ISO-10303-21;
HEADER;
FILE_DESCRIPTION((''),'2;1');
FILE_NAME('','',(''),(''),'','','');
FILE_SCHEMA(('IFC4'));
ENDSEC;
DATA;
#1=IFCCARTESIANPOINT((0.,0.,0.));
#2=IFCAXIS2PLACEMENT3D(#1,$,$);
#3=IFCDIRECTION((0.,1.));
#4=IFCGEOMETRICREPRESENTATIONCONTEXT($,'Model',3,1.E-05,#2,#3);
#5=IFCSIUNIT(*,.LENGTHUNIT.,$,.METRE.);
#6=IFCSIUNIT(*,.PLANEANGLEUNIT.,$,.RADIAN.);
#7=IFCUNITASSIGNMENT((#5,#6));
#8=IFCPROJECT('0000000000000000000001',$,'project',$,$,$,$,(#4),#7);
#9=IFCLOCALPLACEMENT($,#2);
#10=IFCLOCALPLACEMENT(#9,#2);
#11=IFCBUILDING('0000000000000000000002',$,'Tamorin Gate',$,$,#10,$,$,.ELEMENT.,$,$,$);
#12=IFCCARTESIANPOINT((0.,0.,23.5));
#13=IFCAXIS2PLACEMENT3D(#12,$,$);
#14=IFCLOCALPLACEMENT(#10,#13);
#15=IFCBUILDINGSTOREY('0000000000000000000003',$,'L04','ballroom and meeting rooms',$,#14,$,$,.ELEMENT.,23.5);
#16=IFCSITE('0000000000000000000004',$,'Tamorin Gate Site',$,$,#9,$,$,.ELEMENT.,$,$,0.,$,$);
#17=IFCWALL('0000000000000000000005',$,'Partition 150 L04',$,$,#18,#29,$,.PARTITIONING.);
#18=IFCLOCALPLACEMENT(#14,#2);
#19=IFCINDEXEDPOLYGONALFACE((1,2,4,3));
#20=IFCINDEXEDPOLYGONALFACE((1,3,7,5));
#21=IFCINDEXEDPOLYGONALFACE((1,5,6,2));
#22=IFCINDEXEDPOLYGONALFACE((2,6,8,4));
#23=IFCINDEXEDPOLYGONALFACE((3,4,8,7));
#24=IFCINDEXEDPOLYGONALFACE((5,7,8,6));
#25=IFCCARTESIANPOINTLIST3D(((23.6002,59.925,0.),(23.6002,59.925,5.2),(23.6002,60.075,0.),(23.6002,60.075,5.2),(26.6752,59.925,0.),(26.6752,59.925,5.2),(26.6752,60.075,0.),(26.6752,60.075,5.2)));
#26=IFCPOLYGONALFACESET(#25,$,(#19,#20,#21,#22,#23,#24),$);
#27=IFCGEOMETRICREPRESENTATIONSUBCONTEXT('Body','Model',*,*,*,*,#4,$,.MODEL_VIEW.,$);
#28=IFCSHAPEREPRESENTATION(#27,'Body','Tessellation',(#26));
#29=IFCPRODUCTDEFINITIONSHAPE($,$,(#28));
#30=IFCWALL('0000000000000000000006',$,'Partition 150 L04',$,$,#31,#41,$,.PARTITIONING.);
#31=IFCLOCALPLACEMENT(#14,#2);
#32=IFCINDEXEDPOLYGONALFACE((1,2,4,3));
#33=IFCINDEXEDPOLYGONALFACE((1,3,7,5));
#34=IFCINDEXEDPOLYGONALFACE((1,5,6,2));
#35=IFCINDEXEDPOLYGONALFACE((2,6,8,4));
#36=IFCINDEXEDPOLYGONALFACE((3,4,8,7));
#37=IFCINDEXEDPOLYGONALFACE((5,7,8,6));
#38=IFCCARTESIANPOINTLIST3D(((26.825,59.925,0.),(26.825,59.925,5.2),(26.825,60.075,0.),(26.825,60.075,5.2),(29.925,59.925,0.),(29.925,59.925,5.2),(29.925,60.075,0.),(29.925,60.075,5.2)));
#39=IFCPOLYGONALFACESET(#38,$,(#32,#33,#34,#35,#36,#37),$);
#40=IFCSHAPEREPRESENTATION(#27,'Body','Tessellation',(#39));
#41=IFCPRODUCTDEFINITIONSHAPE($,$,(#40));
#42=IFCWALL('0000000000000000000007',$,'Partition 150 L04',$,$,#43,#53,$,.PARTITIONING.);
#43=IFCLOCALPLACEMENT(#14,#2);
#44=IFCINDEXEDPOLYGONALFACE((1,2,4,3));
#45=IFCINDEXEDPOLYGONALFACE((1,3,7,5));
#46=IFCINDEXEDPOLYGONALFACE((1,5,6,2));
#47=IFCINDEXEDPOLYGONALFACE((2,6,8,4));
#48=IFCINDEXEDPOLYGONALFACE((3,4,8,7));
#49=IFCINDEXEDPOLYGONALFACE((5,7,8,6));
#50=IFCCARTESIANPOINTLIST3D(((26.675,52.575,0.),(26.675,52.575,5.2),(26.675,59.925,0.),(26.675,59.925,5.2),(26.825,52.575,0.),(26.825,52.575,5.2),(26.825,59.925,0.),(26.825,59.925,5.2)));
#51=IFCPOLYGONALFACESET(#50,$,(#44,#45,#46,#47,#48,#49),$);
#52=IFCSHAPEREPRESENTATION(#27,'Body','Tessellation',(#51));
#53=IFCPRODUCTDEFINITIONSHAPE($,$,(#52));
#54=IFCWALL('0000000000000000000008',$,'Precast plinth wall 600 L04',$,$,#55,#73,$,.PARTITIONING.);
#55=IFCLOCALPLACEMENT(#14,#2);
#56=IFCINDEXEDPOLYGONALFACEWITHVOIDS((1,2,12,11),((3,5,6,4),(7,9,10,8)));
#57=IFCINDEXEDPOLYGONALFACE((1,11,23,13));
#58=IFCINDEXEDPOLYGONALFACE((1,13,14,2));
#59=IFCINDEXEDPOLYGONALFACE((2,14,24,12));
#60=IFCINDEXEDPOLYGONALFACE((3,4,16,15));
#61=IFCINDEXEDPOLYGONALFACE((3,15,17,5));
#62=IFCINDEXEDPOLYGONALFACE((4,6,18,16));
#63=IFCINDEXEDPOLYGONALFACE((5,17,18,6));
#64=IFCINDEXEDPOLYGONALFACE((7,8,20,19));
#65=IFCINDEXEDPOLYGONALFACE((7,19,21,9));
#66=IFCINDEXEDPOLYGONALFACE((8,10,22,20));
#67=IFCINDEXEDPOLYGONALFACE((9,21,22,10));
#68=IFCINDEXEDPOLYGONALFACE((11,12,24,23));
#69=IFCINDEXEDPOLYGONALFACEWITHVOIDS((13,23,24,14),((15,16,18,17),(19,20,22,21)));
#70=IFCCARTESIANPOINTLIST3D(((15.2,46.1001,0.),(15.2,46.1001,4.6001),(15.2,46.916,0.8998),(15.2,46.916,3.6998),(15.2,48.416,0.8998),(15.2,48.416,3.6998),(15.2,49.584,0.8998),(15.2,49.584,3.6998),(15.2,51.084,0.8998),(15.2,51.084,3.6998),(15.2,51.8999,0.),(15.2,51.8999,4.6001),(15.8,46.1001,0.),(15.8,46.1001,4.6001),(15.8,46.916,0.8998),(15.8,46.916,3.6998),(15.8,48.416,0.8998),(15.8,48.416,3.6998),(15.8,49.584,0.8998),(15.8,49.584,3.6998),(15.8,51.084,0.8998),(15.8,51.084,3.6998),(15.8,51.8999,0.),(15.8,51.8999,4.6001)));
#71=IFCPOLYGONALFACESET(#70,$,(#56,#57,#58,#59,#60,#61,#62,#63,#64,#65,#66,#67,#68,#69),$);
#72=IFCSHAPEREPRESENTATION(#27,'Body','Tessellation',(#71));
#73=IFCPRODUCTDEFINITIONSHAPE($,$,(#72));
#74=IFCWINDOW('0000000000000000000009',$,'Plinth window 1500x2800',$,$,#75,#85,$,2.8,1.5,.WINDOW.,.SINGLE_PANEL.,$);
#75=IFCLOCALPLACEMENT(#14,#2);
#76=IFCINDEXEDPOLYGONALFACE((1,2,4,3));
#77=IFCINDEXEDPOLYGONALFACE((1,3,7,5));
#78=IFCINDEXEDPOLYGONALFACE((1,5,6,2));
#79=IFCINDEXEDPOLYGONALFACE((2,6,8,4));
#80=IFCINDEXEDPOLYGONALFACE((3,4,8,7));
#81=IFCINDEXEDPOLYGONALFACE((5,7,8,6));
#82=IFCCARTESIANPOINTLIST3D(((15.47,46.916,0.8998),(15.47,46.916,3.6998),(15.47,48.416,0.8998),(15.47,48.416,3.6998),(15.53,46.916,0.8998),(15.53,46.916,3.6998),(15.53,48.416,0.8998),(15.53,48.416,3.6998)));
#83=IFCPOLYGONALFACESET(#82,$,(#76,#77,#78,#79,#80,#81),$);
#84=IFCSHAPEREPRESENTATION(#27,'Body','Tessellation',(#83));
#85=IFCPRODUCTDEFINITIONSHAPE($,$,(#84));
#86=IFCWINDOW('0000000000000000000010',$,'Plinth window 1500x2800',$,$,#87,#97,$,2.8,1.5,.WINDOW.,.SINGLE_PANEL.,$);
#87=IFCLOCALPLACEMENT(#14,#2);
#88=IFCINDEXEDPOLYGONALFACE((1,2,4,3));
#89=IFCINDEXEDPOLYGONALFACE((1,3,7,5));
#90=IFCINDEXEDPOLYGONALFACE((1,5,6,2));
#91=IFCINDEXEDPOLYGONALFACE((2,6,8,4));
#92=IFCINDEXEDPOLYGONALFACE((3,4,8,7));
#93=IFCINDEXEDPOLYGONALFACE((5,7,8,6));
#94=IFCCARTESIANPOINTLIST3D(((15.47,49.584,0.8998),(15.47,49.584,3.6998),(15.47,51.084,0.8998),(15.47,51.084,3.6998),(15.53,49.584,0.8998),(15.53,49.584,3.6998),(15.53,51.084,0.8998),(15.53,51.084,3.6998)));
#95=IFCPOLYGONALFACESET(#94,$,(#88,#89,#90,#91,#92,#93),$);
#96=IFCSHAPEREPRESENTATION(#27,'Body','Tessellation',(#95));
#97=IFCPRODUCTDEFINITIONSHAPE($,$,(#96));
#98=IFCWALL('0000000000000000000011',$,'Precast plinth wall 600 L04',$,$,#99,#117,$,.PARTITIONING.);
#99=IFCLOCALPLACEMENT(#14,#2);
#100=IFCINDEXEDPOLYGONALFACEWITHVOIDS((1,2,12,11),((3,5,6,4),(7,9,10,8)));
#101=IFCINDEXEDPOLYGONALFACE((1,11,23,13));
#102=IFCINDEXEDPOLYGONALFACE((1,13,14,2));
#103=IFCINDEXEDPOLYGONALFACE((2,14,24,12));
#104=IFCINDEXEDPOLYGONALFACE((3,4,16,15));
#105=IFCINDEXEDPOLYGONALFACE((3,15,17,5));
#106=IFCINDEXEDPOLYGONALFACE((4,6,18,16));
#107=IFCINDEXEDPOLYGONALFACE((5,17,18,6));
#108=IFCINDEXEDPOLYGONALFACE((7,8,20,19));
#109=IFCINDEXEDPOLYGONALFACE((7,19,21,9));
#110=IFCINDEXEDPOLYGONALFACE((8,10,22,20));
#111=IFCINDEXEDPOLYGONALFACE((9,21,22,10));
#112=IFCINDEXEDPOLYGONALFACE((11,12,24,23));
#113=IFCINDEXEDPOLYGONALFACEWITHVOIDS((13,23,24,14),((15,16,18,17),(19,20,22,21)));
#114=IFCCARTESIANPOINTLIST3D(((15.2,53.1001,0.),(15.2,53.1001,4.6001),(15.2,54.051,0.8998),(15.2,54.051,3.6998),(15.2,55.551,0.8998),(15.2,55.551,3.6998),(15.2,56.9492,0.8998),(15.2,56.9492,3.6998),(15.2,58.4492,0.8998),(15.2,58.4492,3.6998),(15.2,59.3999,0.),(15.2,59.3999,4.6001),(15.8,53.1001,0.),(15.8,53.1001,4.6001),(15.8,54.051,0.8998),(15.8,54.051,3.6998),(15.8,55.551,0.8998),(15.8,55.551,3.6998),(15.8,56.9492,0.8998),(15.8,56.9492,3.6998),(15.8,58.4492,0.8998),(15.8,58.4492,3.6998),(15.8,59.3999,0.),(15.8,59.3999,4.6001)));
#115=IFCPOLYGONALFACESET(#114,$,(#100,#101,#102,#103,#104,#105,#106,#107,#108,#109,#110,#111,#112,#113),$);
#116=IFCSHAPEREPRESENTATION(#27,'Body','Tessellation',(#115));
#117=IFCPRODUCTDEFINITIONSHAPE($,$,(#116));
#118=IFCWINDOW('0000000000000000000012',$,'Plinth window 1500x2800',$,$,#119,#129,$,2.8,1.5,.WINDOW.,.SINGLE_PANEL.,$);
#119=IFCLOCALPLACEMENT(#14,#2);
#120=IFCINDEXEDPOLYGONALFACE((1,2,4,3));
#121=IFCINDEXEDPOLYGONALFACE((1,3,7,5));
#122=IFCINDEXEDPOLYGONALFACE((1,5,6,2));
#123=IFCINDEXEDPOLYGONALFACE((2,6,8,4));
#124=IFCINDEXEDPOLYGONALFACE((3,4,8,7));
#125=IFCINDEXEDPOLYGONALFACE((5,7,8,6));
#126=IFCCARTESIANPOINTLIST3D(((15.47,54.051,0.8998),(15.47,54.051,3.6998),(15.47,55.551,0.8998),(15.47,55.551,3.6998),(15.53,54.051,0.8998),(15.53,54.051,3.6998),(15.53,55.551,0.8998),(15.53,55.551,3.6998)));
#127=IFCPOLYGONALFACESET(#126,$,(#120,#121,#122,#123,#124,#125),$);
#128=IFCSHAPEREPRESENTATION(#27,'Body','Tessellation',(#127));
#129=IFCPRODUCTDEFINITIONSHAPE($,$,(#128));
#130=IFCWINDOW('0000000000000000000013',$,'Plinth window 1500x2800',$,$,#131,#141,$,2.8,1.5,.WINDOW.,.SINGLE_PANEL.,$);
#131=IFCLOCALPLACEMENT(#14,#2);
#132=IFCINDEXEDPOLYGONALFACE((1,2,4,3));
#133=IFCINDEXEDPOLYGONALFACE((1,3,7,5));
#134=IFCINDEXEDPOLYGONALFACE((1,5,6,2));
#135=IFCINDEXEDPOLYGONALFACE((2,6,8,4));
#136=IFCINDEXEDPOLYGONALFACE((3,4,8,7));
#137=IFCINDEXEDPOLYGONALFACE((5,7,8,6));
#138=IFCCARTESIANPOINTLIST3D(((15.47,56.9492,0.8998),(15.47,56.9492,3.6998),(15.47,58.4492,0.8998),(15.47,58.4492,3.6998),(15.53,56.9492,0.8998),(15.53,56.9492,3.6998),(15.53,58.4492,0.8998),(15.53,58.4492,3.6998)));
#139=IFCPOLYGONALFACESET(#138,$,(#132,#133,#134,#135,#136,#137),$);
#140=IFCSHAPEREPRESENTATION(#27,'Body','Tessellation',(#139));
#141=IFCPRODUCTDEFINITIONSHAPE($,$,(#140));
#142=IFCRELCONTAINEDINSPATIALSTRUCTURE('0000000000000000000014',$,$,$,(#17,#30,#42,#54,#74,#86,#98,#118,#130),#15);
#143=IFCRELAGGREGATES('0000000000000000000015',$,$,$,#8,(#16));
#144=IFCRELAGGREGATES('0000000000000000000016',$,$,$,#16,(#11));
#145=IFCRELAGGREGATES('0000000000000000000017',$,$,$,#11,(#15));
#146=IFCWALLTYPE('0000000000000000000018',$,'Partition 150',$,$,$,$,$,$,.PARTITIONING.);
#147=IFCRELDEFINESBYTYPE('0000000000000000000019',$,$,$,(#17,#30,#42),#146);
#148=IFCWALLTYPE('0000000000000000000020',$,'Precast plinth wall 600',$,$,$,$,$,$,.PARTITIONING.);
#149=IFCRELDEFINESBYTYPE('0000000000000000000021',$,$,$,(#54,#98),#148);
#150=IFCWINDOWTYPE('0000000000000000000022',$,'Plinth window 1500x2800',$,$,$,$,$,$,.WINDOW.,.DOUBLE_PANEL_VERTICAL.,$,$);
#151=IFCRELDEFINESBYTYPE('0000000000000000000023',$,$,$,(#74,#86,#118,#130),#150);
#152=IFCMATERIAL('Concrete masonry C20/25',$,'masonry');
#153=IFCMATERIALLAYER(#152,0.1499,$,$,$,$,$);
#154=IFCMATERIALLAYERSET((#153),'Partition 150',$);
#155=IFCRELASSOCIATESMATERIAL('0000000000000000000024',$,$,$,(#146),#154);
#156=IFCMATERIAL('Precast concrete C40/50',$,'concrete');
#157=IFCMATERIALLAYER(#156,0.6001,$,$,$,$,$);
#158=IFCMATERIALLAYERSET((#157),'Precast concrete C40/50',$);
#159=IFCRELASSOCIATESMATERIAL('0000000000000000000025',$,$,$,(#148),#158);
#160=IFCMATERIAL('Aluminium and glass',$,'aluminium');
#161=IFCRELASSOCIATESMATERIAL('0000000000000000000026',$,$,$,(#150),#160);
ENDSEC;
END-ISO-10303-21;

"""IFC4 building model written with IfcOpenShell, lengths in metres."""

from ifc_helpers import new_model, si_unit, direction, frame, frame_2d, origin, place, context, subcontext, project, spatial, rectangle, extrude, material, layer, layer_set, type_object, element, fill, save


model = new_model("IFC4")

# Units and contexts
model_context = context("Model", 3, precision=1e-05, world=origin(), true_north=direction((0.0, 1.0)))
body_context = subcontext(model_context, "Body", "Model", "MODEL_VIEW")
ifc_project = project(units=[si_unit("LENGTHUNIT", "METRE"), si_unit("PLANEANGLEUNIT", "RADIAN")], contexts=[model_context])

# Site, building, storey
site_placement = place(None, origin())
site = spatial("IfcSite", under=ifc_project, at=site_placement, Name="Tamorin Gate Site", CompositionType="ELEMENT", RefElevation=0.0)
building_placement = place(site_placement, origin())
building = spatial("IfcBuilding", under=site, at=building_placement, Name="Tamorin Gate", CompositionType="ELEMENT")
storey_placement = place(building_placement, frame((0.0, 0.0, 23.5)))
storey = spatial("IfcBuildingStorey", under=building, at=storey_placement, Name="L04", Description="ballroom and meeting rooms", CompositionType="ELEMENT", Elevation=23.5)

# Shared definitions
ifc_material_1 = material(Name="Concrete masonry C20/25", Category="masonry")
ifc_layer_1 = layer(ifc_material_1, 0.1499)
ifc_layer_set_1 = layer_set([ifc_layer_1], Name="Partition 150")
wall_type_1 = type_object("IfcWallType", Name="Partition 150", PredefinedType="PARTITIONING", material=ifc_layer_set_1)

# Walls
wall_1_placement = place(storey_placement, frame((23.6001, 60.0, 0.0), z_axis=(0.0, 0.0, 1.0), x_axis=(1.0, 0.0, 0.0)))
element("IfcWall", 1, at=wall_1_placement, inside=storey, type_object=wall_type_1, Name="Partition 150 L04", PredefinedType="PARTITIONING", context=body_context, shape_type="SweptSolid", body=[
    extrude(rectangle(XDim=3.075, YDim=0.1499, at=frame_2d((1.5376, 0.0))), origin(), (0.0, 0.0, 1.0), 5.2),
])
wall_2_placement = place(storey_placement, frame((26.825, 60.0, 0.0), z_axis=(0.0, 0.0, 1.0), x_axis=(1.0, 0.0, 0.0)))
element("IfcWall", 2, at=wall_2_placement, inside=storey, type_object=wall_type_1, Name="Partition 150 L04", PredefinedType="PARTITIONING", context=body_context, shape_type="SweptSolid", body=[
    extrude(rectangle(XDim=3.1001, YDim=0.1499, at=frame_2d((1.55, 0.0))), origin(), (0.0, 0.0, 1.0), 5.2),
])
wall_3_placement = place(storey_placement, frame((26.75, 52.575, 0.0), z_axis=(0.0, 0.0, 1.0), x_axis=(0.0, 1.0, 0.0)))
element("IfcWall", 3, at=wall_3_placement, inside=storey, type_object=wall_type_1, Name="Partition 150 L04", PredefinedType="PARTITIONING", context=body_context, shape_type="SweptSolid", body=[
    extrude(rectangle(XDim=7.3501, YDim=0.1499, at=frame_2d((3.675, 0.0))), origin(), (0.0, 0.0, 1.0), 5.2),
])

# Walls, openings, windows
ifc_material_2 = material(Name="Precast concrete C40/50", Category="concrete")
ifc_layer_2 = layer(ifc_material_2, 0.6001)
ifc_layer_set_2 = layer_set([ifc_layer_2], Name="Precast concrete C40/50")
wall_type_2 = type_object("IfcWallType", Name="Precast plinth wall 600", PredefinedType="PARTITIONING", material=ifc_layer_set_2)
wall_4_placement = place(storey_placement, frame((15.5, 46.1001, 0.0), z_axis=(0.0, 0.0, 1.0), x_axis=(0.0, 1.0, 0.0)))
wall_4 = element("IfcWall", 4, at=wall_4_placement, inside=storey, type_object=wall_type_2, Name="Precast plinth wall 600 L04", PredefinedType="PARTITIONING", context=body_context, shape_type="SweptSolid", body=[
    extrude(rectangle(XDim=5.7998, YDim=0.6001, at=frame_2d((2.8999, 0.0))), origin(), (0.0, 0.0, 1.0), 4.6001),
])
opening_1_placement = place(wall_4_placement, frame((0.8159, 0.0, 0.8999)))
opening_1 = element("IfcOpeningElement", 5, at=opening_1_placement, cuts=wall_4, PredefinedType="OPENING", context=body_context, shape_type="SweptSolid", body=[
    extrude(rectangle(XDim=1.5, YDim=2.8, at=frame_2d((0.75, 1.3999))), frame((0.0, 0.3101, 0.0), z_axis=(0.0, -1.0, 0.0), x_axis=(1.0, 0.0, 0.0)), (0.0, 0.0, 1.0), 0.6201),
])
opening_2_placement = place(wall_4_placement, frame((3.4839, 0.0, 0.8999)))
opening_2 = element("IfcOpeningElement", 6, at=opening_2_placement, cuts=wall_4, PredefinedType="OPENING", context=body_context, shape_type="SweptSolid", body=[
    extrude(rectangle(XDim=1.5, YDim=2.8, at=frame_2d((0.75, 1.3999))), frame((0.0, 0.3101, 0.0), z_axis=(0.0, -1.0, 0.0), x_axis=(1.0, 0.0, 0.0)), (0.0, 0.0, 1.0), 0.6201),
])
ifc_material_3 = material(Name="Aluminium and glass", Category="aluminium")
window_type = type_object("IfcWindowType", Name="Plinth window 1500x2800", PartitioningType="DOUBLE_PANEL_VERTICAL", PredefinedType="WINDOW", material=ifc_material_3)
window_1_placement = place(opening_1_placement, origin())
window_1 = element("IfcWindow", 7, at=window_1_placement, inside=storey, type_object=window_type, Name="Plinth window 1500x2800", OverallHeight=2.8, OverallWidth=1.5, PartitioningType="SINGLE_PANEL", PredefinedType="WINDOW", context=body_context, shape_type="SweptSolid", body=[
    extrude(rectangle(XDim=1.5, YDim=2.8, at=frame_2d((0.75, 1.3999))), frame((0.0, 0.03, 0.0), z_axis=(0.0, -1.0, 0.0), x_axis=(1.0, 0.0, 0.0)), (0.0, 0.0, 1.0), 0.0601),
])
fill(opening_1, window_1)
window_2_placement = place(opening_2_placement, origin())
window_2 = element("IfcWindow", 8, at=window_2_placement, inside=storey, type_object=window_type, Name="Plinth window 1500x2800", OverallHeight=2.8, OverallWidth=1.5, PartitioningType="SINGLE_PANEL", PredefinedType="WINDOW", context=body_context, shape_type="SweptSolid", body=[
    extrude(rectangle(XDim=1.5, YDim=2.8, at=frame_2d((0.75, 1.3999))), frame((0.0, 0.03, 0.0), z_axis=(0.0, -1.0, 0.0), x_axis=(1.0, 0.0, 0.0)), (0.0, 0.0, 1.0), 0.0601),
])
fill(opening_2, window_2)
wall_5_placement = place(storey_placement, frame((15.5, 53.1001, 0.0), z_axis=(0.0, 0.0, 1.0), x_axis=(0.0, 1.0, 0.0)))
wall_5 = element("IfcWall", 9, at=wall_5_placement, inside=storey, type_object=wall_type_2, Name="Precast plinth wall 600 L04", PredefinedType="PARTITIONING", context=body_context, shape_type="SweptSolid", body=[
    extrude(rectangle(XDim=6.2998, YDim=0.6001, at=frame_2d((3.1499, 0.0))), origin(), (0.0, 0.0, 1.0), 4.6001),
])
opening_3_placement = place(wall_5_placement, frame((0.9509, 0.0, 0.8999)))
opening_3 = element("IfcOpeningElement", 10, at=opening_3_placement, cuts=wall_5, PredefinedType="OPENING", context=body_context, shape_type="SweptSolid", body=[
    extrude(rectangle(XDim=1.5, YDim=2.8, at=frame_2d((0.75, 1.3999))), frame((0.0, 0.3101, 0.0), z_axis=(0.0, -1.0, 0.0), x_axis=(1.0, 0.0, 0.0)), (0.0, 0.0, 1.0), 0.6201),
])
opening_4_placement = place(wall_5_placement, frame((3.8491, 0.0, 0.8999)))
opening_4 = element("IfcOpeningElement", 11, at=opening_4_placement, cuts=wall_5, PredefinedType="OPENING", context=body_context, shape_type="SweptSolid", body=[
    extrude(rectangle(XDim=1.5, YDim=2.8, at=frame_2d((0.75, 1.3999))), frame((0.0, 0.3101, 0.0), z_axis=(0.0, -1.0, 0.0), x_axis=(1.0, 0.0, 0.0)), (0.0, 0.0, 1.0), 0.6201),
])
window_3_placement = place(opening_3_placement, origin())
window_3 = element("IfcWindow", 12, at=window_3_placement, inside=storey, type_object=window_type, Name="Plinth window 1500x2800", OverallHeight=2.8, OverallWidth=1.5, PartitioningType="SINGLE_PANEL", PredefinedType="WINDOW", context=body_context, shape_type="SweptSolid", body=[
    extrude(rectangle(XDim=1.5, YDim=2.8, at=frame_2d((0.75, 1.3999))), frame((0.0, 0.03, 0.0), z_axis=(0.0, -1.0, 0.0), x_axis=(1.0, 0.0, 0.0)), (0.0, 0.0, 1.0), 0.0601),
])
fill(opening_3, window_3)
window_4_placement = place(opening_4_placement, origin())
window_4 = element("IfcWindow", 13, at=window_4_placement, inside=storey, type_object=window_type, Name="Plinth window 1500x2800", OverallHeight=2.8, OverallWidth=1.5, PartitioningType="SINGLE_PANEL", PredefinedType="WINDOW", context=body_context, shape_type="SweptSolid", body=[
    extrude(rectangle(XDim=1.5, YDim=2.8, at=frame_2d((0.75, 1.3999))), frame((0.0, 0.03, 0.0), z_axis=(0.0, -1.0, 0.0), x_axis=(1.0, 0.0, 0.0)), (0.0, 0.0, 1.0), 0.0601),
])
fill(opening_4, window_4)

save(model, "model.ifc")
